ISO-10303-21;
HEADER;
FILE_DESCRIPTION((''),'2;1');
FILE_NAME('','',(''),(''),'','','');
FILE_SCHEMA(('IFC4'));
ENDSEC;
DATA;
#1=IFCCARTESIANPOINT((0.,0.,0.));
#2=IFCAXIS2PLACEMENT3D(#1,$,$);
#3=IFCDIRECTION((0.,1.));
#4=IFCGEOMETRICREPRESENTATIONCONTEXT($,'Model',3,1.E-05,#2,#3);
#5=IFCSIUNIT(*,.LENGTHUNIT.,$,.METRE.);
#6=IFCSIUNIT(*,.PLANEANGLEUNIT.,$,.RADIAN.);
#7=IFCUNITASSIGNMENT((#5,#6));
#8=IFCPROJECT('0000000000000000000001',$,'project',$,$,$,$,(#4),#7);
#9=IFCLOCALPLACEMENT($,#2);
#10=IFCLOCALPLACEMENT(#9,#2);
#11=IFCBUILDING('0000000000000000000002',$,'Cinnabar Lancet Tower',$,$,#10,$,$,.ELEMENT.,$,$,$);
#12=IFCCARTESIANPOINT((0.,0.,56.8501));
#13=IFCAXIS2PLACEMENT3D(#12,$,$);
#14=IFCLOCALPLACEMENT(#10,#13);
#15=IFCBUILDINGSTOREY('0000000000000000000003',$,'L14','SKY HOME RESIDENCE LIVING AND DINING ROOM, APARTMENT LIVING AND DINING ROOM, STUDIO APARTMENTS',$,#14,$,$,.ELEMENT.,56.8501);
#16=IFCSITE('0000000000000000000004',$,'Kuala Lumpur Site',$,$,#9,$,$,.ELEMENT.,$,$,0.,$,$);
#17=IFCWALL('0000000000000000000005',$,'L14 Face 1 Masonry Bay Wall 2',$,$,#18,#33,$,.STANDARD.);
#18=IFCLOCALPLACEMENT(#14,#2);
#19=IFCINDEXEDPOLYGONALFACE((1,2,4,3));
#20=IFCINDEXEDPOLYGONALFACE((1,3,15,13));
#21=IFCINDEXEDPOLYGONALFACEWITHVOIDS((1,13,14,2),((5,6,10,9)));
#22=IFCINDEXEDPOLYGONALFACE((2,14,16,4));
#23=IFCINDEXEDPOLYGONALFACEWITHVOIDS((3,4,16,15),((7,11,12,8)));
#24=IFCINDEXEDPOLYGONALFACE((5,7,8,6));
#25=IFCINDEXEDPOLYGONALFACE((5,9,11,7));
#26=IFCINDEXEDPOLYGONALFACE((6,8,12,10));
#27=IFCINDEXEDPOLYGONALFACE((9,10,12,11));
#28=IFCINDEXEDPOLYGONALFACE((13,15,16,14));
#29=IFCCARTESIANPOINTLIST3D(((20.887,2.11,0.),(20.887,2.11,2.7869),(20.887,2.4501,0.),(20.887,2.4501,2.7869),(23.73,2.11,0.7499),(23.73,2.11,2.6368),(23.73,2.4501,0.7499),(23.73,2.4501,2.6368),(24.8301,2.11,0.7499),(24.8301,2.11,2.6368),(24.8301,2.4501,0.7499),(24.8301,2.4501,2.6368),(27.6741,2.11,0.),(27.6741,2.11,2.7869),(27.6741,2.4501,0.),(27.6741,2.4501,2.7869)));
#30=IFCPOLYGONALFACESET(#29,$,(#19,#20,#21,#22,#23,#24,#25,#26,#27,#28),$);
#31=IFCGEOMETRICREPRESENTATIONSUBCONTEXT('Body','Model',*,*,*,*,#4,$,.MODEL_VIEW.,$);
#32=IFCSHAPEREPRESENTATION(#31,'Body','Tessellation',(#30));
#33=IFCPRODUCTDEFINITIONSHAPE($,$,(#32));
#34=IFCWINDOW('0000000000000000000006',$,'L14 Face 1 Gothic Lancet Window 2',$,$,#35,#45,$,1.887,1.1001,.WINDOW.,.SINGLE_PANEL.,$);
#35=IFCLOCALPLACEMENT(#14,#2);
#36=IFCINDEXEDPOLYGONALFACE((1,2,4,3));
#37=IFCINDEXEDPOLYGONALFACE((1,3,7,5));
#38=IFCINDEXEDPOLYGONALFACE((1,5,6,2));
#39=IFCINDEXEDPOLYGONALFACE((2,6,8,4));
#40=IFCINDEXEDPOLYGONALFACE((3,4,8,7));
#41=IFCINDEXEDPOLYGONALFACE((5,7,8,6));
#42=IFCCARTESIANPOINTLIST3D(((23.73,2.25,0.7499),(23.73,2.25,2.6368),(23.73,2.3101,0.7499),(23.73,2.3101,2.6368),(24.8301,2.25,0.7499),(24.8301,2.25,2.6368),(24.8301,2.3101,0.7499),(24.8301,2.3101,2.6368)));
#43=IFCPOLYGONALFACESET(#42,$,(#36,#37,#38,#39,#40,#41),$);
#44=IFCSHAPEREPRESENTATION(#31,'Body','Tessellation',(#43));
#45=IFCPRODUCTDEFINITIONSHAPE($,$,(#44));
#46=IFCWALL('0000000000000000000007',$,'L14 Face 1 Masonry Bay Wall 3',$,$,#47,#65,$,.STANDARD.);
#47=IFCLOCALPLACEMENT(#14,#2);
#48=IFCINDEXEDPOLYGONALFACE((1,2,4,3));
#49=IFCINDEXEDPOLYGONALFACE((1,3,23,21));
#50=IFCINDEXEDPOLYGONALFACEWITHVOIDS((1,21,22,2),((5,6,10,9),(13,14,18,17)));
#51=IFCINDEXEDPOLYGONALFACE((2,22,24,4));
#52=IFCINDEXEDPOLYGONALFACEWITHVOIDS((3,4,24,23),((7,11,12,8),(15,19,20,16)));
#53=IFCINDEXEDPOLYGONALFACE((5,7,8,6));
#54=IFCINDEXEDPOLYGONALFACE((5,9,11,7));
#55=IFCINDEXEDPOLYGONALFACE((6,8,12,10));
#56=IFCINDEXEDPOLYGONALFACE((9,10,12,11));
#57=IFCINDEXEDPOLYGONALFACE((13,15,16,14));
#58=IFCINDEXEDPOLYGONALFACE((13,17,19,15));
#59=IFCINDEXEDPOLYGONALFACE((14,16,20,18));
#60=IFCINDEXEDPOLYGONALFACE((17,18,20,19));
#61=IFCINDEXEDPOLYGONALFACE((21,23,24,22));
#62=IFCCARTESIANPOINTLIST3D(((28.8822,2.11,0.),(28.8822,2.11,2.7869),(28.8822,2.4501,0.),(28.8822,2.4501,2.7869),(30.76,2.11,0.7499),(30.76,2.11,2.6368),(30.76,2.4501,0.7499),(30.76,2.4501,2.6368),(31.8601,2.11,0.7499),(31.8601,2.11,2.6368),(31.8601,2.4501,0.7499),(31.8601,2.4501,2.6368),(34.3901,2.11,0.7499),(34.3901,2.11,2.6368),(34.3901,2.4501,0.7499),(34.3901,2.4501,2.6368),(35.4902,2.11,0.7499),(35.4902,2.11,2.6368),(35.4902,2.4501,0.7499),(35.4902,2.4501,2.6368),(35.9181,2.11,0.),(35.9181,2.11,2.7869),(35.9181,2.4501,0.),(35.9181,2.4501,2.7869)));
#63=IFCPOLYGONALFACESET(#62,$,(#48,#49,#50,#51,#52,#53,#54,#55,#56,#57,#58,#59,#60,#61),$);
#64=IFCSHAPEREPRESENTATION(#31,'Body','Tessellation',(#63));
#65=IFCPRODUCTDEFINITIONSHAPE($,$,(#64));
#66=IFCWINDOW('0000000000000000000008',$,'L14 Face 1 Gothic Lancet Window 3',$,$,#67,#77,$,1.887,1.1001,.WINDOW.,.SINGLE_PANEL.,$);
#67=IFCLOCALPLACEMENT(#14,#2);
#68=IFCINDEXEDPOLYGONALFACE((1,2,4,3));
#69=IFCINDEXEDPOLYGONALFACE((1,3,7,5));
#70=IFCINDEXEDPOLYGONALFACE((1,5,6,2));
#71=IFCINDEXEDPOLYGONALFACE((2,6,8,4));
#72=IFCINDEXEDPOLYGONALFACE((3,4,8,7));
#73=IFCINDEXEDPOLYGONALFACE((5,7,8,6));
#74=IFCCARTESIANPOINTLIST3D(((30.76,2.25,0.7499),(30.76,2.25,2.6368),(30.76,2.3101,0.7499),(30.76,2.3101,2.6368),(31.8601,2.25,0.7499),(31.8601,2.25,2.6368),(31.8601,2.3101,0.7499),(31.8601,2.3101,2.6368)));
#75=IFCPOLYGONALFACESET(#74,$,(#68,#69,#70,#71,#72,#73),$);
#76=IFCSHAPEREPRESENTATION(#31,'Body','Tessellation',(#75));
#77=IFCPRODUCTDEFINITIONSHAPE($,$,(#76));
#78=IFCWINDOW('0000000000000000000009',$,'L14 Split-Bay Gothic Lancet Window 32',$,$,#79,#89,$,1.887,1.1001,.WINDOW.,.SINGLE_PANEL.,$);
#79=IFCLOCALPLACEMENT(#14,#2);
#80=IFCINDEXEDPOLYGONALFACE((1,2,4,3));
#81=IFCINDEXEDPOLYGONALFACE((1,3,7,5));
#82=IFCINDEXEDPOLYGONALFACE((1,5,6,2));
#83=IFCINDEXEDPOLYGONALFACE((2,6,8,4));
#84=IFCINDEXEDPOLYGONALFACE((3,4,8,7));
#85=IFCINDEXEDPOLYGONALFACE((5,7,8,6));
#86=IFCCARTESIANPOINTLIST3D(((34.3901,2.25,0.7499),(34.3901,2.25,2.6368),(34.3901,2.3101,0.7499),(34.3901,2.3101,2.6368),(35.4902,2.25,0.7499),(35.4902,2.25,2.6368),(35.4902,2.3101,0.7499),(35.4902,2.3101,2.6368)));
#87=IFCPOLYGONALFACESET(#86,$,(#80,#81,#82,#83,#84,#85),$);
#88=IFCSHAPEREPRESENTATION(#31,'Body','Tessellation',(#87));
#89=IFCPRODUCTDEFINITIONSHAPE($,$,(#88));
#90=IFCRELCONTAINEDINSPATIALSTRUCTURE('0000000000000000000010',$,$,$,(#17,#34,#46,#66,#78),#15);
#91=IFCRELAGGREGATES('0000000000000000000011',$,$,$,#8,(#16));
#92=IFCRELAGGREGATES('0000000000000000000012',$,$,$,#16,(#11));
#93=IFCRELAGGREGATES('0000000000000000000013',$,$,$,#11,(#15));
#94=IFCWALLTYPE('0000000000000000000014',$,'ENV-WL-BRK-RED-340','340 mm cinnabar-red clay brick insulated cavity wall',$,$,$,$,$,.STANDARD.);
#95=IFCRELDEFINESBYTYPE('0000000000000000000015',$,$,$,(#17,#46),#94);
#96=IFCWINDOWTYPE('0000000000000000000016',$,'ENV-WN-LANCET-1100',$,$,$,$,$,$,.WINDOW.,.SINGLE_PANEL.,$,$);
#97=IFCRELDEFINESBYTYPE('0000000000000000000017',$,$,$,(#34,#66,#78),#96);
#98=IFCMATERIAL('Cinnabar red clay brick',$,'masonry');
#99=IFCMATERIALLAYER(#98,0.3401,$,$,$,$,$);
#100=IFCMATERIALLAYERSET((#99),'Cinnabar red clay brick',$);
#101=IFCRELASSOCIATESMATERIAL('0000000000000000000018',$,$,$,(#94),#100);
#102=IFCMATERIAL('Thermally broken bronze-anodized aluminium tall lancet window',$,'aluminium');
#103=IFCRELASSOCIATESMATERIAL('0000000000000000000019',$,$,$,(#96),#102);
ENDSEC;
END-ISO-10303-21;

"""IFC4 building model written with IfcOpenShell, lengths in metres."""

from ifc_helpers import new_model, si_unit, direction, frame, frame_2d, origin, place, context, subcontext, project, spatial, rectangle, extrude, material, layer, layer_set, type_object, element, fill, save


model = new_model("IFC4")

# Units and contexts
model_context = context("Model", 3, precision=1e-05, world=origin(), true_north=direction((0.0, 1.0)))
body_context = subcontext(model_context, "Body", "Model", "MODEL_VIEW")
ifc_project = project(units=[si_unit("LENGTHUNIT", "METRE"), si_unit("PLANEANGLEUNIT", "RADIAN")], contexts=[model_context])

# Site, building, storey
site_placement = place(None, origin())
site = spatial("IfcSite", under=ifc_project, at=site_placement, Name="Kuala Lumpur Site", CompositionType="ELEMENT", RefElevation=0.0)
building_placement = place(site_placement, origin())
building = spatial("IfcBuilding", under=site, at=building_placement, Name="Cinnabar Lancet Tower", CompositionType="ELEMENT")
storey_placement = place(building_placement, frame((0.0, 0.0, 56.8501)))
storey = spatial("IfcBuildingStorey", under=building, at=storey_placement, Name="L14", Description="SKY HOME RESIDENCE LIVING AND DINING ROOM, APARTMENT LIVING AND DINING ROOM, STUDIO APARTMENTS", CompositionType="ELEMENT", Elevation=56.8501)

# Shared definitions
ifc_material_1 = material(Name="Cinnabar red clay brick", Category="masonry")
ifc_layer_1 = layer(ifc_material_1, 0.3401)
ifc_layer_set_1 = layer_set([ifc_layer_1], Name="Cinnabar red clay brick")
wall_type_1 = type_object("IfcWallType", Name="ENV-WL-BRK-RED-340", Description="340 mm cinnabar-red clay brick insulated cavity wall", PredefinedType="STANDARD", material=ifc_layer_set_1)

# Wall, opening, window
wall_1_placement = place(storey_placement, frame((20.887, 2.28, 0.0), z_axis=(0.0, 0.0, 1.0), x_axis=(1.0, 0.0, 0.0)))
wall_1 = element("IfcWall", 1, at=wall_1_placement, inside=storey, type_object=wall_type_1, Name="L14 Face 1 Masonry Bay Wall 2", PredefinedType="STANDARD", context=body_context, shape_type="SweptSolid", body=[
    extrude(rectangle(XDim=6.7871, YDim=0.3401, at=frame_2d((3.3936, 0.0))), origin(), (0.0, 0.0, 1.0), 2.7869),
])
opening_1_placement = place(wall_1_placement, frame((2.843, 0.0, 0.75)))
opening_1 = element("IfcOpeningElement", 2, at=opening_1_placement, cuts=wall_1, PredefinedType="OPENING", context=body_context, shape_type="SweptSolid", body=[
    extrude(rectangle(XDim=1.1001, YDim=1.887, at=frame_2d((0.55, 0.9434))), frame((0.0, 0.1799, 0.0), z_axis=(0.0, -1.0, 0.0), x_axis=(1.0, 0.0, 0.0)), (0.0, 0.0, 1.0), 0.3601),
])
ifc_material_2 = material(Name="Thermally broken bronze-anodized aluminium tall lancet window", Category="aluminium")
window_type = type_object("IfcWindowType", Name="ENV-WN-LANCET-1100", PartitioningType="SINGLE_PANEL", PredefinedType="WINDOW", material=ifc_material_2)
window_1_placement = place(opening_1_placement, origin())
window_1 = element("IfcWindow", 3, at=window_1_placement, inside=storey, type_object=window_type, Name="L14 Face 1 Gothic Lancet Window 2", OverallHeight=1.887, OverallWidth=1.1001, PartitioningType="SINGLE_PANEL", PredefinedType="WINDOW", context=body_context, shape_type="SweptSolid", body=[
    extrude(rectangle(XDim=1.1001, YDim=1.887, at=frame_2d((0.55, 0.9434))), frame((0.0, 0.03, 0.0), z_axis=(0.0, -1.0, 0.0), x_axis=(1.0, 0.0, 0.0)), (0.0, 0.0, 1.0), 0.0601),
])
fill(opening_1, window_1)

# Wall, openings, windows
wall_2_placement = place(storey_placement, frame((28.8821, 2.28, 0.0), z_axis=(0.0, 0.0, 1.0), x_axis=(1.0, 0.0, 0.0)))
wall_2 = element("IfcWall", 4, at=wall_2_placement, inside=storey, type_object=wall_type_1, Name="L14 Face 1 Masonry Bay Wall 3", PredefinedType="STANDARD", context=body_context, shape_type="SweptSolid", body=[
    extrude(rectangle(XDim=7.0359, YDim=0.3401, at=frame_2d((3.5181, 0.0))), origin(), (0.0, 0.0, 1.0), 2.7869),
])
opening_2_placement = place(wall_2_placement, frame((1.8779, 0.0, 0.75)))
opening_2 = element("IfcOpeningElement", 5, at=opening_2_placement, cuts=wall_2, PredefinedType="OPENING", context=body_context, shape_type="SweptSolid", body=[
    extrude(rectangle(XDim=1.1001, YDim=1.887, at=frame_2d((0.55, 0.9434))), frame((0.0, 0.1799, 0.0), z_axis=(0.0, -1.0, 0.0), x_axis=(1.0, 0.0, 0.0)), (0.0, 0.0, 1.0), 0.3601),
])
opening_3_placement = place(wall_2_placement, frame((5.5081, 0.0, 0.75)))
opening_3 = element("IfcOpeningElement", 6, at=opening_3_placement, cuts=wall_2, PredefinedType="OPENING", context=body_context, shape_type="SweptSolid", body=[
    extrude(rectangle(XDim=1.1001, YDim=1.887, at=frame_2d((0.55, 0.9434))), frame((0.0, 0.1799, 0.0), z_axis=(0.0, -1.0, 0.0), x_axis=(1.0, 0.0, 0.0)), (0.0, 0.0, 1.0), 0.3601),
])
window_2_placement = place(opening_2_placement, origin())
window_2 = element("IfcWindow", 7, at=window_2_placement, inside=storey, type_object=window_type, Name="L14 Face 1 Gothic Lancet Window 3", OverallHeight=1.887, OverallWidth=1.1001, PartitioningType="SINGLE_PANEL", PredefinedType="WINDOW", context=body_context, shape_type="SweptSolid", body=[
    extrude(rectangle(XDim=1.1001, YDim=1.887, at=frame_2d((0.55, 0.9434))), frame((0.0, 0.03, 0.0), z_axis=(0.0, -1.0, 0.0), x_axis=(1.0, 0.0, 0.0)), (0.0, 0.0, 1.0), 0.0601),
])
fill(opening_2, window_2)
window_3_placement = place(opening_3_placement, origin())
window_3 = element("IfcWindow", 8, at=window_3_placement, inside=storey, type_object=window_type, Name="L14 Split-Bay Gothic Lancet Window 32", OverallHeight=1.887, OverallWidth=1.1001, PartitioningType="SINGLE_PANEL", PredefinedType="WINDOW", context=body_context, shape_type="SweptSolid", body=[
    extrude(rectangle(XDim=1.1001, YDim=1.887, at=frame_2d((0.55, 0.9434))), frame((0.0, 0.03, 0.0), z_axis=(0.0, -1.0, 0.0), x_axis=(1.0, 0.0, 0.0)), (0.0, 0.0, 1.0), 0.0601),
])
fill(opening_3, window_3)

save(model, "model.ifc")
